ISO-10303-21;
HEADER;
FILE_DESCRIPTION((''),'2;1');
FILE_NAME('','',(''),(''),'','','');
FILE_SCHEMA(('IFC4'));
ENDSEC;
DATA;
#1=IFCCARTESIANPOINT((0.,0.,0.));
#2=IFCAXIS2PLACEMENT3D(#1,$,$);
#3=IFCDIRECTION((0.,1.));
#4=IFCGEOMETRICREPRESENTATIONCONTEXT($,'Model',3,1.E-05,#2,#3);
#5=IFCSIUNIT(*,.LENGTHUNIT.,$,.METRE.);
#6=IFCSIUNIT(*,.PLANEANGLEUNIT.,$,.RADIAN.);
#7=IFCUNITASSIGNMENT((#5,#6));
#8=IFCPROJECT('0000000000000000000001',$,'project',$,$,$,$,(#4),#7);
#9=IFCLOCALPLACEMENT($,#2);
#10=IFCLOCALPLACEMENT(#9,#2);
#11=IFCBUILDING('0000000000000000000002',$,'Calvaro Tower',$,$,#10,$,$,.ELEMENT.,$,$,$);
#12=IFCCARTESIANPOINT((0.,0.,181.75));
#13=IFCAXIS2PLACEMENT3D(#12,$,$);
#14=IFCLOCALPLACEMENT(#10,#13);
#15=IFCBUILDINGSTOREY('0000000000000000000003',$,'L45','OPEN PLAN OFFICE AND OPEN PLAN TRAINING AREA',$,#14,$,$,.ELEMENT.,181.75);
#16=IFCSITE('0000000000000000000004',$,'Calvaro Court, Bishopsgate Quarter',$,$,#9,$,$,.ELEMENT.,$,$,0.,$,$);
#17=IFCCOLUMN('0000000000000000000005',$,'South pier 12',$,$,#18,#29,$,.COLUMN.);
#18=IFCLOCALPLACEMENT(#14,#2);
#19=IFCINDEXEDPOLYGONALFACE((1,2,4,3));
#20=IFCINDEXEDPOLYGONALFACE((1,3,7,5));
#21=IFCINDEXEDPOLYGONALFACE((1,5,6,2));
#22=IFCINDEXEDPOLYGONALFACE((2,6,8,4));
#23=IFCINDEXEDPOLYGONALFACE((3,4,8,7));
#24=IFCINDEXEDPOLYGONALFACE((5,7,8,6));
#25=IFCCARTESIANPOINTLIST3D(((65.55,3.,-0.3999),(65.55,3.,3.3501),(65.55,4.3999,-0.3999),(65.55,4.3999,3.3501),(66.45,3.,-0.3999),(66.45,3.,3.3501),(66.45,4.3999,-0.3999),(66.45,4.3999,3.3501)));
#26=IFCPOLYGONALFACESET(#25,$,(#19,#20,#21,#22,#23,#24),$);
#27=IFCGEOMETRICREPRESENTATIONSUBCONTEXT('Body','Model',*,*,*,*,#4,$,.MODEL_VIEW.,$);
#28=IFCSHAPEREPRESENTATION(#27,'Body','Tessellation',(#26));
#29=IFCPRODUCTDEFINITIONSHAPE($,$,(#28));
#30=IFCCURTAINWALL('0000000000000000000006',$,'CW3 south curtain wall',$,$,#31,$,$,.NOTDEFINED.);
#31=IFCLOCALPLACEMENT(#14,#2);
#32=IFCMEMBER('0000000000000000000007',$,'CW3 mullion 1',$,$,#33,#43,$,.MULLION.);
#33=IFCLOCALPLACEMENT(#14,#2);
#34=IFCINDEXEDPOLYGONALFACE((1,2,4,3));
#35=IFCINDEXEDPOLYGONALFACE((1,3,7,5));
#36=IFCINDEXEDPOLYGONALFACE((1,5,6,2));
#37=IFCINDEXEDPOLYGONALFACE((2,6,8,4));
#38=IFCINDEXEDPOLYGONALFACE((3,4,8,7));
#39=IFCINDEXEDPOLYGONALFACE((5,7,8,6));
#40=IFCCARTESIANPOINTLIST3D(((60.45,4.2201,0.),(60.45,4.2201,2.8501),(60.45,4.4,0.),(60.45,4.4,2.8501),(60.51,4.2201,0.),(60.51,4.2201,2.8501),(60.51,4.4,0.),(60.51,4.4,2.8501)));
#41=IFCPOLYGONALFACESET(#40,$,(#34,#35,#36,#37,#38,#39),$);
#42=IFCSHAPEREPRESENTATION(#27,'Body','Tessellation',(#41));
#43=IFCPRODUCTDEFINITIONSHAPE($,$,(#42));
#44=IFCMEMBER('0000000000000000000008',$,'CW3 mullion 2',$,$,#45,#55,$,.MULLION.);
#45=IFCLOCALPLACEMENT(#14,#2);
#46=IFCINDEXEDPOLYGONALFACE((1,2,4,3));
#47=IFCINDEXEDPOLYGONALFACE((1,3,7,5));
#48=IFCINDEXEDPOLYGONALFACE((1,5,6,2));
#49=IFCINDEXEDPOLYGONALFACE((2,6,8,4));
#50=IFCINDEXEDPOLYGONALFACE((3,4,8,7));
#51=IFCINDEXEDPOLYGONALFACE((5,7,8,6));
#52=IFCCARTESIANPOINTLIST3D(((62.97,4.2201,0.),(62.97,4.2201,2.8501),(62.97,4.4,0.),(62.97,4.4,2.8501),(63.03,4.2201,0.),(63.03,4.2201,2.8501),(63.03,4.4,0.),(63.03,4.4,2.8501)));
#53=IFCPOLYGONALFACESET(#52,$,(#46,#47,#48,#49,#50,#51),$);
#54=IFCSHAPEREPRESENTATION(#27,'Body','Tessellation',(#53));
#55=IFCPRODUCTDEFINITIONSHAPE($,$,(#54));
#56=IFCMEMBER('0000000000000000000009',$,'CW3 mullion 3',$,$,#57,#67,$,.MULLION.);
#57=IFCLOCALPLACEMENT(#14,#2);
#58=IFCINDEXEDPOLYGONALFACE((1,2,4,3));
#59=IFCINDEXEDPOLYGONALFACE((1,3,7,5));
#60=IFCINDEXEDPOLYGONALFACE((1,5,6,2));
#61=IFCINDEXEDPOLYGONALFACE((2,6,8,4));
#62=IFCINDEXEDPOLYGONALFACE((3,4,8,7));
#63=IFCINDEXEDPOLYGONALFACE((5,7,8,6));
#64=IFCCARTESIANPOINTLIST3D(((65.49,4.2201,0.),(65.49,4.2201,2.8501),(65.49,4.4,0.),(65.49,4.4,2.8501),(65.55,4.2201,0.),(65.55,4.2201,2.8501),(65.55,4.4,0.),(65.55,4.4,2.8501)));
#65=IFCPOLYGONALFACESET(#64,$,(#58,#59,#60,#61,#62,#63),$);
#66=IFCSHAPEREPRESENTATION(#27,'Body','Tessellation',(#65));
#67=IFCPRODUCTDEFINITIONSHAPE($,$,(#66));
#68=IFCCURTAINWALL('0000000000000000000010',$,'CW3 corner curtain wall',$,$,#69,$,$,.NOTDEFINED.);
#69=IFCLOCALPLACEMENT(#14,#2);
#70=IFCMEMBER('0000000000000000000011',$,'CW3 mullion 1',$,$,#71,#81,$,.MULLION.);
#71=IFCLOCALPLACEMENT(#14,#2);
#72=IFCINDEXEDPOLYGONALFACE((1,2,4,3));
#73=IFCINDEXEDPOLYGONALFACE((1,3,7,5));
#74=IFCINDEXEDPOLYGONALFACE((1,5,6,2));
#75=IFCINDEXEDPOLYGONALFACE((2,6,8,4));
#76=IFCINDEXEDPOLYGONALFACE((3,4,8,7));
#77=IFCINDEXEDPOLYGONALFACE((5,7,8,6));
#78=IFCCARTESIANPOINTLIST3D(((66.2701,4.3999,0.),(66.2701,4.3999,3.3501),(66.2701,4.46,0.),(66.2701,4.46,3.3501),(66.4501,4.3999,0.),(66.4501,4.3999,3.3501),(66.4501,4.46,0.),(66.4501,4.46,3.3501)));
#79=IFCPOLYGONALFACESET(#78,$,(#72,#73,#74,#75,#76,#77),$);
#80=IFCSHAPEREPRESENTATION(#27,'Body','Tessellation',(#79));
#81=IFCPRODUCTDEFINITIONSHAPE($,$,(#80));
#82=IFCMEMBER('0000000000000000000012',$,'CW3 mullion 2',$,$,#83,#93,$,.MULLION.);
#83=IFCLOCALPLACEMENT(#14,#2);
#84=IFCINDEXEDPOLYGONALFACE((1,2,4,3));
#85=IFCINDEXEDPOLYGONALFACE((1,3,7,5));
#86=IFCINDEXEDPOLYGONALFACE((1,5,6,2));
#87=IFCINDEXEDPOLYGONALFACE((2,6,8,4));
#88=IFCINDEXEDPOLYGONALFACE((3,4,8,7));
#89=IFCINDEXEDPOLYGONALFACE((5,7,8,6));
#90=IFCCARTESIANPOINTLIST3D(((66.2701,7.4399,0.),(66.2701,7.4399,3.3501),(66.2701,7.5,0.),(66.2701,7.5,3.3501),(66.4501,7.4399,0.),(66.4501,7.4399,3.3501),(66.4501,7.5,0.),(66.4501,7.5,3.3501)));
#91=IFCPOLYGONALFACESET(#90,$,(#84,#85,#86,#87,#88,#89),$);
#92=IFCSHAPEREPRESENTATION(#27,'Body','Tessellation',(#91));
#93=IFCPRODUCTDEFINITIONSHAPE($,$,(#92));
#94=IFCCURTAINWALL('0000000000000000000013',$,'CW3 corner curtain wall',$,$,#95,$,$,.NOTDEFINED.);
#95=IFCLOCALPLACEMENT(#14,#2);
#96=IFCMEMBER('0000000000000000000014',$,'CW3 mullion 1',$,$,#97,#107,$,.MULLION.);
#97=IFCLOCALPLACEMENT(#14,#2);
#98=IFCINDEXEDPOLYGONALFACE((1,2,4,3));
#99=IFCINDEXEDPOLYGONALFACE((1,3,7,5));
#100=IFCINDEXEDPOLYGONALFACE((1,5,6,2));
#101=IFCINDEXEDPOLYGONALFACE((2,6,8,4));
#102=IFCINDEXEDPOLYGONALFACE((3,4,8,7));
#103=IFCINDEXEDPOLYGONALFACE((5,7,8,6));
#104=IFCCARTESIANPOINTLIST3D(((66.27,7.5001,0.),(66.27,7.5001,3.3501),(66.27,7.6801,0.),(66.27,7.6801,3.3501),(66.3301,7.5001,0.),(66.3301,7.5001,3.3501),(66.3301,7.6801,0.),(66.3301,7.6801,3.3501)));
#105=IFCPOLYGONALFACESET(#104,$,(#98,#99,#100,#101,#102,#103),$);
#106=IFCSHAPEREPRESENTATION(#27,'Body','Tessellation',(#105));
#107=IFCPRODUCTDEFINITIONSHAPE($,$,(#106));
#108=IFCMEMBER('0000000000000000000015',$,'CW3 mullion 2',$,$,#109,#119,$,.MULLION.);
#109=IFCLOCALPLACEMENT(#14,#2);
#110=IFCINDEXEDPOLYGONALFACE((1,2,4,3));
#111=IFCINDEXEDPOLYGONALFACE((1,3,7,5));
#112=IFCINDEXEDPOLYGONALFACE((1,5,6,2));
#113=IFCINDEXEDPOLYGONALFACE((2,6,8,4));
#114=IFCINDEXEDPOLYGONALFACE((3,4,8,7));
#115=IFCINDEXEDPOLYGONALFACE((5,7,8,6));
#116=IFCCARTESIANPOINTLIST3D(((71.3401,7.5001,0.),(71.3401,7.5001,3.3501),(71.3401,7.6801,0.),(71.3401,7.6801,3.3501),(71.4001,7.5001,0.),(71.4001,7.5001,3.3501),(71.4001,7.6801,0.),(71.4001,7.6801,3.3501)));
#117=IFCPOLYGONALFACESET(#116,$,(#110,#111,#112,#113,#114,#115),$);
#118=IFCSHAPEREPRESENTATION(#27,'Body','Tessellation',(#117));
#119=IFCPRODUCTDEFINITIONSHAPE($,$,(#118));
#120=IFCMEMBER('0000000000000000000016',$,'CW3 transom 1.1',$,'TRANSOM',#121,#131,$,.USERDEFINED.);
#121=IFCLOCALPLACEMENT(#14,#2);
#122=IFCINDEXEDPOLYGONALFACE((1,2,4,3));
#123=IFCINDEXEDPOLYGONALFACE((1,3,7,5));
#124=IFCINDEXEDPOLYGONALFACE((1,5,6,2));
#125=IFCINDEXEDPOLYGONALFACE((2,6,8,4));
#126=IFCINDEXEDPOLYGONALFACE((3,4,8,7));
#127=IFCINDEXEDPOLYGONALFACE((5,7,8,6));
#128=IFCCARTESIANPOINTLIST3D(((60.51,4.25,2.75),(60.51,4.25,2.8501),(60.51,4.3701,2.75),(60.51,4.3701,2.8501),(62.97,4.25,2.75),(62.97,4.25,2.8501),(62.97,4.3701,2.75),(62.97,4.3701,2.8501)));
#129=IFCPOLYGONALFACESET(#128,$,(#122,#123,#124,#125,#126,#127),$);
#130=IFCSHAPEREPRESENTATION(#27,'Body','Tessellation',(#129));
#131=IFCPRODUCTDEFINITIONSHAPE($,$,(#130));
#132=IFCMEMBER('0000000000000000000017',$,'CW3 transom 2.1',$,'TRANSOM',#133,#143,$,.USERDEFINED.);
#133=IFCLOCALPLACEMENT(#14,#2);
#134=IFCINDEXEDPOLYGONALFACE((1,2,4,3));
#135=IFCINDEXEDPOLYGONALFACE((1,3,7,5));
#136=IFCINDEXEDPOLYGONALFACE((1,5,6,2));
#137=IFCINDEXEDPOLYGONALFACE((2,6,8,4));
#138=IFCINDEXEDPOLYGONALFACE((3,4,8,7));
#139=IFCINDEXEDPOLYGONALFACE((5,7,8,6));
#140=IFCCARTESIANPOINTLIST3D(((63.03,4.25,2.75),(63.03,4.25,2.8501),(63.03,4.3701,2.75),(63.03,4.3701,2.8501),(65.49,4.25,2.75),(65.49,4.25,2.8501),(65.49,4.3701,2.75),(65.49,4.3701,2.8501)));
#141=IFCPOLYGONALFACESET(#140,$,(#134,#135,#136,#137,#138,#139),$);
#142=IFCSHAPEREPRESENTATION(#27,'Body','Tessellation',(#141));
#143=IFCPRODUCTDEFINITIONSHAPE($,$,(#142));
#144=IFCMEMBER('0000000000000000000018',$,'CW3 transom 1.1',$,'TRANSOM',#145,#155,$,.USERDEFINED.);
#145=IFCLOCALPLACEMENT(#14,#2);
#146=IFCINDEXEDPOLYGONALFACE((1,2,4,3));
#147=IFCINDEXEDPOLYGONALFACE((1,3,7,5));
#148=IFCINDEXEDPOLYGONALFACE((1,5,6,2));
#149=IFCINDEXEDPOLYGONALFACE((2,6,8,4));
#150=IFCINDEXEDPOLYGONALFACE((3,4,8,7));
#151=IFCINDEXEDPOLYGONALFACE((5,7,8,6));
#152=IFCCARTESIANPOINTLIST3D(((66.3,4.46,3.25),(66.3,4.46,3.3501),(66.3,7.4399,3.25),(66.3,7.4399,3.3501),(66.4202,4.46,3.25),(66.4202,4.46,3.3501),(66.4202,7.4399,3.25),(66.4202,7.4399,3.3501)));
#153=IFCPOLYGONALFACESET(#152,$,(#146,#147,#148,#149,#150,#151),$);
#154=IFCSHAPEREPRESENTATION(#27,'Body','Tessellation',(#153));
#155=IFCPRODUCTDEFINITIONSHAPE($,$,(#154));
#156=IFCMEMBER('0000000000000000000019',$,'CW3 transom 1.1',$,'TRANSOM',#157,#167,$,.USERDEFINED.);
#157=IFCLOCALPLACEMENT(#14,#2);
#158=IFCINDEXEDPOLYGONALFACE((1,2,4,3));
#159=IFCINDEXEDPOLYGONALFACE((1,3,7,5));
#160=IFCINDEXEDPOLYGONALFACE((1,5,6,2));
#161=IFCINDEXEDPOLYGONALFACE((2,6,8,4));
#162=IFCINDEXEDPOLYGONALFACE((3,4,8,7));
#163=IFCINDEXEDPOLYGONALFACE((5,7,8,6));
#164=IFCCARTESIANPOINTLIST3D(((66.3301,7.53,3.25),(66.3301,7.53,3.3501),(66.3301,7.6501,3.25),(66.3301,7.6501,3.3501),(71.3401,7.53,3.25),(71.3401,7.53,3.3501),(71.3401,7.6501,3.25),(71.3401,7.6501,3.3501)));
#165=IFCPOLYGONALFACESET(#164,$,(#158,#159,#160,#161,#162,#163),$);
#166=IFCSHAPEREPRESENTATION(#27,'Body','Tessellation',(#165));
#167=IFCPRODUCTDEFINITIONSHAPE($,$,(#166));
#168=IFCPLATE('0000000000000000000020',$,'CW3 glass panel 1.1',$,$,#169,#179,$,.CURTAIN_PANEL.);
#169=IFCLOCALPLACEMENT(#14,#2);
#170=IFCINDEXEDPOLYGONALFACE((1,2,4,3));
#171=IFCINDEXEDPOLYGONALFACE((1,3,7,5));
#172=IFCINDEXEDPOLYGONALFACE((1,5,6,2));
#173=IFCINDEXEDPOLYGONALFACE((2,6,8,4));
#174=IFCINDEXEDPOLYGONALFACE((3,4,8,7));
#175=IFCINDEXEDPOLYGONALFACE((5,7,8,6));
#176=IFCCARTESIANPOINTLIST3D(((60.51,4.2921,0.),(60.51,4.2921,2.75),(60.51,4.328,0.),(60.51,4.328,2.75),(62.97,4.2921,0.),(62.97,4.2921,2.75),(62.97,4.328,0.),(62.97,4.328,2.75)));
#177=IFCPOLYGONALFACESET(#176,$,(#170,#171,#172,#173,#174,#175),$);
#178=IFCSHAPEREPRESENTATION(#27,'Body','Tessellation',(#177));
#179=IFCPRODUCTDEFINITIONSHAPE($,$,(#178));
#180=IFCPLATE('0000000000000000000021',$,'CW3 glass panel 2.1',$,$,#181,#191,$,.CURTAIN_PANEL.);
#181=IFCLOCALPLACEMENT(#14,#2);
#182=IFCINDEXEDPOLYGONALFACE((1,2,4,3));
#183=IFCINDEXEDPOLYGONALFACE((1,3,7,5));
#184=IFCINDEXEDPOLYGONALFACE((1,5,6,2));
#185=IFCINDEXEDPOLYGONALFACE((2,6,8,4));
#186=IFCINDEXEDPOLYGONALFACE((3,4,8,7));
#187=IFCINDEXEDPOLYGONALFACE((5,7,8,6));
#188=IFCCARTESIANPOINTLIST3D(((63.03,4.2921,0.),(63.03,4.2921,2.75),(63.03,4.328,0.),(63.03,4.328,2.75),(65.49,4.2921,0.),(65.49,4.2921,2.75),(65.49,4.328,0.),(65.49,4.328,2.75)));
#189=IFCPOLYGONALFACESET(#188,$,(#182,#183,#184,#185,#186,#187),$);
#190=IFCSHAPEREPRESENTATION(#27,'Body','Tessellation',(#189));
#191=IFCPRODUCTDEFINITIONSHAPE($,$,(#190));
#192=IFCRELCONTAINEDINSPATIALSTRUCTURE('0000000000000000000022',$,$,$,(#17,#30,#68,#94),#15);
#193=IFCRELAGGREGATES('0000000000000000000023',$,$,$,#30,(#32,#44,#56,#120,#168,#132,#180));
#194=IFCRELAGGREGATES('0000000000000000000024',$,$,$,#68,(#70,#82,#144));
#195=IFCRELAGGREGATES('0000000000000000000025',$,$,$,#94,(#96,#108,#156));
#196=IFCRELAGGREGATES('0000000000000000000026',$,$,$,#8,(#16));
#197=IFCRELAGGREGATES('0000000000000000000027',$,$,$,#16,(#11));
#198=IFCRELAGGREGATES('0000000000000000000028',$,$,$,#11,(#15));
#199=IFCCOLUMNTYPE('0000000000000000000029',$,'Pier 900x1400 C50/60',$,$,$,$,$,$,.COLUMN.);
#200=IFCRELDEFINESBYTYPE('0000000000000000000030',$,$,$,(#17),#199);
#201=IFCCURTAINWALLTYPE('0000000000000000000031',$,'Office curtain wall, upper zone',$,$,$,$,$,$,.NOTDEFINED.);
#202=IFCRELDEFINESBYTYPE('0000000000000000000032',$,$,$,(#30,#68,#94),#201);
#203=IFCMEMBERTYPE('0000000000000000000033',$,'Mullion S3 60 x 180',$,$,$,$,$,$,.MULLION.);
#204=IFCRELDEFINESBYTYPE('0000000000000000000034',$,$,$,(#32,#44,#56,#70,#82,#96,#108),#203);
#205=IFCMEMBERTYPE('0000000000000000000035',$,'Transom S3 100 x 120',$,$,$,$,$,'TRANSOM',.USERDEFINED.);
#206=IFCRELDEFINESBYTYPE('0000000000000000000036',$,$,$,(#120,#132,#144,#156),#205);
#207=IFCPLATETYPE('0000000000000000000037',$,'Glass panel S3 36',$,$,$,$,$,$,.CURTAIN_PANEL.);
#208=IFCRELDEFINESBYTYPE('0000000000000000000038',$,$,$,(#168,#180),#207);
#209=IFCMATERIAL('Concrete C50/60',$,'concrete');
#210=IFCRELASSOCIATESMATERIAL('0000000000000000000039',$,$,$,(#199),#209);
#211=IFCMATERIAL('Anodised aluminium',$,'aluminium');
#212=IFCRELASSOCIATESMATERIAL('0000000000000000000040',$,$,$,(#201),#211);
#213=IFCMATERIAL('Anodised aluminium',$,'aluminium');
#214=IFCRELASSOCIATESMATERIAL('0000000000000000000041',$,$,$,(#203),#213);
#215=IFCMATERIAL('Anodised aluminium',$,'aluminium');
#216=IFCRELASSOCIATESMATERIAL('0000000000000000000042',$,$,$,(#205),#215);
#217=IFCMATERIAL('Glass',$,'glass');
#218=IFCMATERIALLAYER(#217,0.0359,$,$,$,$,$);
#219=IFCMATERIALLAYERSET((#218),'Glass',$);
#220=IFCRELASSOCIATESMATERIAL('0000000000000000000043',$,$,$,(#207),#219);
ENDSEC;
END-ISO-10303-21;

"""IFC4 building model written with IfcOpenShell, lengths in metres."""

from ifc_helpers import new_model, si_unit, direction, frame, origin, origin_2d, place, context, subcontext, project, spatial, rectangle, extrude, material, layer, layer_set, material_profile, profile_set, type_object, element, aggregate, save


model = new_model("IFC4")

# Units and contexts
model_context = context("Model", 3, precision=1e-05, world=origin(), true_north=direction((0.0, 1.0)))
body_context = subcontext(model_context, "Body", "Model", "MODEL_VIEW")
ifc_project = project(units=[si_unit("LENGTHUNIT", "METRE"), si_unit("PLANEANGLEUNIT", "RADIAN")], contexts=[model_context])

# Site, building, storey
site_placement = place(None, origin())
site = spatial("IfcSite", under=ifc_project, at=site_placement, Name="Calvaro Court, Bishopsgate Quarter", CompositionType="ELEMENT", RefElevation=0.0)
building_placement = place(site_placement, origin())
building = spatial("IfcBuilding", under=site, at=building_placement, Name="Calvaro Tower", CompositionType="ELEMENT")
storey_placement = place(building_placement, frame((0.0, 0.0, 181.75)))
storey = spatial("IfcBuildingStorey", under=building, at=storey_placement, Name="L45", Description="OPEN PLAN OFFICE AND OPEN PLAN TRAINING AREA", CompositionType="ELEMENT", Elevation=181.75)

# Column
ifc_material_1 = material(Name="Concrete C50/60", Category="concrete")
ifc_material_profile_1 = material_profile(ifc_material_1, rectangle(XDim=0.8999, YDim=1.3999, at=origin_2d()), Name="RC 900x1400")
ifc_profile_set_1 = profile_set([ifc_material_profile_1], Name="Concrete C50/60")
column_type = type_object("IfcColumnType", Name="Pier 900x1400 C50/60", PredefinedType="COLUMN", material=ifc_profile_set_1)
column_placement = place(storey_placement, frame((66.0, 3.7, -0.3999), z_axis=(0.0, 0.0, 1.0), x_axis=(1.0, 0.0, 0.0)))
element("IfcColumn", 1, at=column_placement, inside=storey, type_object=column_type, Name="South pier 12", PredefinedType="COLUMN", context=body_context, shape_type="SweptSolid", body=[
    extrude(rectangle(XDim=0.8999, YDim=1.3999, at=origin_2d()), origin(), (0.0, 0.0, 1.0), 3.75),
])

# Curtain walls, members
ifc_material_2 = material(Name="Anodised aluminium", Category="aluminium")
curtain_wall_type = type_object("IfcCurtainWallType", Name="Office curtain wall, upper zone", PredefinedType="NOTDEFINED", material=ifc_material_2)
curtain_wall_1_placement = place(storey_placement, origin())
curtain_wall_1 = element("IfcCurtainWall", 2, at=curtain_wall_1_placement, inside=storey, type_object=curtain_wall_type, Name="CW3 south curtain wall", PredefinedType="NOTDEFINED")
ifc_material_3 = material(Name="Anodised aluminium", Category="aluminium")
ifc_material_profile_2 = material_profile(ifc_material_3, rectangle(XDim=0.1799, YDim=0.0601, at=origin_2d()), Name="Mullion S3 60 x 180")
ifc_profile_set_2 = profile_set([ifc_material_profile_2], Name="Anodised aluminium")
member_type_1 = type_object("IfcMemberType", Name="Mullion S3 60 x 180", PredefinedType="MULLION", material=ifc_profile_set_2)
member_1_placement = place(storey_placement, frame((60.48, 4.3101, 0.0), z_axis=(0.0, 0.0, 1.0), x_axis=(0.0, 1.0, 0.0)))
member_1 = element("IfcMember", 3, at=member_1_placement, type_object=member_type_1, Name="CW3 mullion 1", PredefinedType="MULLION", context=body_context, shape_type="SweptSolid", body=[
    extrude(rectangle(XDim=0.1799, YDim=0.0601, at=origin_2d()), origin(), (0.0, 0.0, 1.0), 2.8501),
])
member_2_placement = place(storey_placement, frame((63.0, 4.3101, 0.0), z_axis=(0.0, 0.0, 1.0), x_axis=(0.0, 1.0, 0.0)))
member_2 = element("IfcMember", 4, at=member_2_placement, type_object=member_type_1, Name="CW3 mullion 2", PredefinedType="MULLION", context=body_context, shape_type="SweptSolid", body=[
    extrude(rectangle(XDim=0.1799, YDim=0.0601, at=origin_2d()), origin(), (0.0, 0.0, 1.0), 2.8501),
])
member_3_placement = place(storey_placement, frame((65.52, 4.3101, 0.0), z_axis=(0.0, 0.0, 1.0), x_axis=(0.0, 1.0, 0.0)))
member_3 = element("IfcMember", 5, at=member_3_placement, type_object=member_type_1, Name="CW3 mullion 3", PredefinedType="MULLION", context=body_context, shape_type="SweptSolid", body=[
    extrude(rectangle(XDim=0.1799, YDim=0.0601, at=origin_2d()), origin(), (0.0, 0.0, 1.0), 2.8501),
])
curtain_wall_2_placement = place(storey_placement, origin())
curtain_wall_2 = element("IfcCurtainWall", 6, at=curtain_wall_2_placement, inside=storey, type_object=curtain_wall_type, Name="CW3 corner curtain wall", PredefinedType="NOTDEFINED")
member_4_placement = place(storey_placement, frame((66.3601, 4.4299, 0.0), z_axis=(0.0, 0.0, 1.0), x_axis=(-1.0, 0.0, 0.0)))
member_4 = element("IfcMember", 7, at=member_4_placement, type_object=member_type_1, Name="CW3 mullion 1", PredefinedType="MULLION", context=body_context, shape_type="SweptSolid", body=[
    extrude(rectangle(XDim=0.1799, YDim=0.0601, at=origin_2d()), origin(), (0.0, 0.0, 1.0), 3.3501),
])
member_5_placement = place(storey_placement, frame((66.3601, 7.47, 0.0), z_axis=(0.0, 0.0, 1.0), x_axis=(-1.0, 0.0, 0.0)))
member_5 = element("IfcMember", 8, at=member_5_placement, type_object=member_type_1, Name="CW3 mullion 2", PredefinedType="MULLION", context=body_context, shape_type="SweptSolid", body=[
    extrude(rectangle(XDim=0.1799, YDim=0.0601, at=origin_2d()), origin(), (0.0, 0.0, 1.0), 3.3501),
])
curtain_wall_3_placement = place(storey_placement, origin())
curtain_wall_3 = element("IfcCurtainWall", 9, at=curtain_wall_3_placement, inside=storey, type_object=curtain_wall_type, Name="CW3 corner curtain wall", PredefinedType="NOTDEFINED")
member_6_placement = place(storey_placement, frame((66.3, 7.5901, 0.0), z_axis=(0.0, 0.0, 1.0), x_axis=(0.0, 1.0, 0.0)))
member_6 = element("IfcMember", 10, at=member_6_placement, type_object=member_type_1, Name="CW3 mullion 1", PredefinedType="MULLION", context=body_context, shape_type="SweptSolid", body=[
    extrude(rectangle(XDim=0.1799, YDim=0.0601, at=origin_2d()), origin(), (0.0, 0.0, 1.0), 3.3501),
])
member_7_placement = place(storey_placement, frame((71.3701, 7.5901, 0.0), z_axis=(0.0, 0.0, 1.0), x_axis=(0.0, 1.0, 0.0)))
member_7 = element("IfcMember", 11, at=member_7_placement, type_object=member_type_1, Name="CW3 mullion 2", PredefinedType="MULLION", context=body_context, shape_type="SweptSolid", body=[
    extrude(rectangle(XDim=0.1799, YDim=0.0601, at=origin_2d()), origin(), (0.0, 0.0, 1.0), 3.3501),
])

# Members
ifc_material_4 = material(Name="Anodised aluminium", Category="aluminium")
ifc_material_profile_3 = material_profile(ifc_material_4, rectangle(XDim=0.1201, YDim=0.1001, at=origin_2d()), Name="Transom S3 100 x 120")
ifc_profile_set_3 = profile_set([ifc_material_profile_3], Name="Anodised aluminium")
member_type_2 = type_object("IfcMemberType", Name="Transom S3 100 x 120", ElementType="TRANSOM", PredefinedType="USERDEFINED", material=ifc_profile_set_3)
member_8_placement = place(storey_placement, frame((60.51, 4.3101, 2.8), z_axis=(1.0, 0.0, 0.0), x_axis=(0.0, 1.0, 0.0)))
member_8 = element("IfcMember", 12, at=member_8_placement, type_object=member_type_2, Name="CW3 transom 1.1", ObjectType="TRANSOM", PredefinedType="USERDEFINED", context=body_context, shape_type="SweptSolid", body=[
    extrude(rectangle(XDim=0.1201, YDim=0.1001, at=origin_2d()), origin(), (0.0, 0.0, 1.0), 2.46),
])
member_9_placement = place(storey_placement, frame((63.03, 4.3101, 2.8), z_axis=(1.0, 0.0, 0.0), x_axis=(0.0, 1.0, 0.0)))
member_9 = element("IfcMember", 13, at=member_9_placement, type_object=member_type_2, Name="CW3 transom 2.1", ObjectType="TRANSOM", PredefinedType="USERDEFINED", context=body_context, shape_type="SweptSolid", body=[
    extrude(rectangle(XDim=0.1201, YDim=0.1001, at=origin_2d()), origin(), (0.0, 0.0, 1.0), 2.46),
])
member_10_placement = place(storey_placement, frame((66.3601, 4.46, 3.3), z_axis=(0.0, 1.0, 0.0), x_axis=(-1.0, 0.0, 0.0)))
member_10 = element("IfcMember", 14, at=member_10_placement, type_object=member_type_2, Name="CW3 transom 1.1", ObjectType="TRANSOM", PredefinedType="USERDEFINED", context=body_context, shape_type="SweptSolid", body=[
    extrude(rectangle(XDim=0.1201, YDim=0.1001, at=origin_2d()), origin(), (0.0, 0.0, 1.0), 2.98),
])
member_11_placement = place(storey_placement, frame((66.3301, 7.5901, 3.3), z_axis=(1.0, 0.0, 0.0), x_axis=(0.0, 1.0, 0.0)))
member_11 = element("IfcMember", 15, at=member_11_placement, type_object=member_type_2, Name="CW3 transom 1.1", ObjectType="TRANSOM", PredefinedType="USERDEFINED", context=body_context, shape_type="SweptSolid", body=[
    extrude(rectangle(XDim=0.1201, YDim=0.1001, at=origin_2d()), origin(), (0.0, 0.0, 1.0), 5.01),
])

# Plates
ifc_material_5 = material(Name="Glass", Category="glass")
ifc_layer_1 = layer(ifc_material_5, 0.0359)
ifc_layer_set_1 = layer_set([ifc_layer_1], Name="Glass")
plate_type = type_object("IfcPlateType", Name="Glass panel S3 36", PredefinedType="CURTAIN_PANEL", material=ifc_layer_set_1)
plate_1_placement = place(storey_placement, frame((61.74, 4.3101, 0.0), z_axis=(0.0, 0.0, 1.0), x_axis=(1.0, 0.0, 0.0)))
plate_1 = element("IfcPlate", 16, at=plate_1_placement, type_object=plate_type, Name="CW3 glass panel 1.1", PredefinedType="CURTAIN_PANEL", context=body_context, shape_type="SweptSolid", body=[
    extrude(rectangle(XDim=2.46, YDim=0.0359, at=origin_2d()), origin(), (0.0, 0.0, 1.0), 2.75),
])
plate_2_placement = place(storey_placement, frame((64.26, 4.3101, 0.0), z_axis=(0.0, 0.0, 1.0), x_axis=(1.0, 0.0, 0.0)))
plate_2 = element("IfcPlate", 17, at=plate_2_placement, type_object=plate_type, Name="CW3 glass panel 2.1", PredefinedType="CURTAIN_PANEL", context=body_context, shape_type="SweptSolid", body=[
    extrude(rectangle(XDim=2.46, YDim=0.0359, at=origin_2d()), origin(), (0.0, 0.0, 1.0), 2.75),
])
aggregate(curtain_wall_1, [member_1, member_2, member_3, member_8, plate_1, member_9, plate_2])
aggregate(curtain_wall_2, [member_4, member_5, member_10])
aggregate(curtain_wall_3, [member_6, member_7, member_11])

save(model, "model.ifc")
